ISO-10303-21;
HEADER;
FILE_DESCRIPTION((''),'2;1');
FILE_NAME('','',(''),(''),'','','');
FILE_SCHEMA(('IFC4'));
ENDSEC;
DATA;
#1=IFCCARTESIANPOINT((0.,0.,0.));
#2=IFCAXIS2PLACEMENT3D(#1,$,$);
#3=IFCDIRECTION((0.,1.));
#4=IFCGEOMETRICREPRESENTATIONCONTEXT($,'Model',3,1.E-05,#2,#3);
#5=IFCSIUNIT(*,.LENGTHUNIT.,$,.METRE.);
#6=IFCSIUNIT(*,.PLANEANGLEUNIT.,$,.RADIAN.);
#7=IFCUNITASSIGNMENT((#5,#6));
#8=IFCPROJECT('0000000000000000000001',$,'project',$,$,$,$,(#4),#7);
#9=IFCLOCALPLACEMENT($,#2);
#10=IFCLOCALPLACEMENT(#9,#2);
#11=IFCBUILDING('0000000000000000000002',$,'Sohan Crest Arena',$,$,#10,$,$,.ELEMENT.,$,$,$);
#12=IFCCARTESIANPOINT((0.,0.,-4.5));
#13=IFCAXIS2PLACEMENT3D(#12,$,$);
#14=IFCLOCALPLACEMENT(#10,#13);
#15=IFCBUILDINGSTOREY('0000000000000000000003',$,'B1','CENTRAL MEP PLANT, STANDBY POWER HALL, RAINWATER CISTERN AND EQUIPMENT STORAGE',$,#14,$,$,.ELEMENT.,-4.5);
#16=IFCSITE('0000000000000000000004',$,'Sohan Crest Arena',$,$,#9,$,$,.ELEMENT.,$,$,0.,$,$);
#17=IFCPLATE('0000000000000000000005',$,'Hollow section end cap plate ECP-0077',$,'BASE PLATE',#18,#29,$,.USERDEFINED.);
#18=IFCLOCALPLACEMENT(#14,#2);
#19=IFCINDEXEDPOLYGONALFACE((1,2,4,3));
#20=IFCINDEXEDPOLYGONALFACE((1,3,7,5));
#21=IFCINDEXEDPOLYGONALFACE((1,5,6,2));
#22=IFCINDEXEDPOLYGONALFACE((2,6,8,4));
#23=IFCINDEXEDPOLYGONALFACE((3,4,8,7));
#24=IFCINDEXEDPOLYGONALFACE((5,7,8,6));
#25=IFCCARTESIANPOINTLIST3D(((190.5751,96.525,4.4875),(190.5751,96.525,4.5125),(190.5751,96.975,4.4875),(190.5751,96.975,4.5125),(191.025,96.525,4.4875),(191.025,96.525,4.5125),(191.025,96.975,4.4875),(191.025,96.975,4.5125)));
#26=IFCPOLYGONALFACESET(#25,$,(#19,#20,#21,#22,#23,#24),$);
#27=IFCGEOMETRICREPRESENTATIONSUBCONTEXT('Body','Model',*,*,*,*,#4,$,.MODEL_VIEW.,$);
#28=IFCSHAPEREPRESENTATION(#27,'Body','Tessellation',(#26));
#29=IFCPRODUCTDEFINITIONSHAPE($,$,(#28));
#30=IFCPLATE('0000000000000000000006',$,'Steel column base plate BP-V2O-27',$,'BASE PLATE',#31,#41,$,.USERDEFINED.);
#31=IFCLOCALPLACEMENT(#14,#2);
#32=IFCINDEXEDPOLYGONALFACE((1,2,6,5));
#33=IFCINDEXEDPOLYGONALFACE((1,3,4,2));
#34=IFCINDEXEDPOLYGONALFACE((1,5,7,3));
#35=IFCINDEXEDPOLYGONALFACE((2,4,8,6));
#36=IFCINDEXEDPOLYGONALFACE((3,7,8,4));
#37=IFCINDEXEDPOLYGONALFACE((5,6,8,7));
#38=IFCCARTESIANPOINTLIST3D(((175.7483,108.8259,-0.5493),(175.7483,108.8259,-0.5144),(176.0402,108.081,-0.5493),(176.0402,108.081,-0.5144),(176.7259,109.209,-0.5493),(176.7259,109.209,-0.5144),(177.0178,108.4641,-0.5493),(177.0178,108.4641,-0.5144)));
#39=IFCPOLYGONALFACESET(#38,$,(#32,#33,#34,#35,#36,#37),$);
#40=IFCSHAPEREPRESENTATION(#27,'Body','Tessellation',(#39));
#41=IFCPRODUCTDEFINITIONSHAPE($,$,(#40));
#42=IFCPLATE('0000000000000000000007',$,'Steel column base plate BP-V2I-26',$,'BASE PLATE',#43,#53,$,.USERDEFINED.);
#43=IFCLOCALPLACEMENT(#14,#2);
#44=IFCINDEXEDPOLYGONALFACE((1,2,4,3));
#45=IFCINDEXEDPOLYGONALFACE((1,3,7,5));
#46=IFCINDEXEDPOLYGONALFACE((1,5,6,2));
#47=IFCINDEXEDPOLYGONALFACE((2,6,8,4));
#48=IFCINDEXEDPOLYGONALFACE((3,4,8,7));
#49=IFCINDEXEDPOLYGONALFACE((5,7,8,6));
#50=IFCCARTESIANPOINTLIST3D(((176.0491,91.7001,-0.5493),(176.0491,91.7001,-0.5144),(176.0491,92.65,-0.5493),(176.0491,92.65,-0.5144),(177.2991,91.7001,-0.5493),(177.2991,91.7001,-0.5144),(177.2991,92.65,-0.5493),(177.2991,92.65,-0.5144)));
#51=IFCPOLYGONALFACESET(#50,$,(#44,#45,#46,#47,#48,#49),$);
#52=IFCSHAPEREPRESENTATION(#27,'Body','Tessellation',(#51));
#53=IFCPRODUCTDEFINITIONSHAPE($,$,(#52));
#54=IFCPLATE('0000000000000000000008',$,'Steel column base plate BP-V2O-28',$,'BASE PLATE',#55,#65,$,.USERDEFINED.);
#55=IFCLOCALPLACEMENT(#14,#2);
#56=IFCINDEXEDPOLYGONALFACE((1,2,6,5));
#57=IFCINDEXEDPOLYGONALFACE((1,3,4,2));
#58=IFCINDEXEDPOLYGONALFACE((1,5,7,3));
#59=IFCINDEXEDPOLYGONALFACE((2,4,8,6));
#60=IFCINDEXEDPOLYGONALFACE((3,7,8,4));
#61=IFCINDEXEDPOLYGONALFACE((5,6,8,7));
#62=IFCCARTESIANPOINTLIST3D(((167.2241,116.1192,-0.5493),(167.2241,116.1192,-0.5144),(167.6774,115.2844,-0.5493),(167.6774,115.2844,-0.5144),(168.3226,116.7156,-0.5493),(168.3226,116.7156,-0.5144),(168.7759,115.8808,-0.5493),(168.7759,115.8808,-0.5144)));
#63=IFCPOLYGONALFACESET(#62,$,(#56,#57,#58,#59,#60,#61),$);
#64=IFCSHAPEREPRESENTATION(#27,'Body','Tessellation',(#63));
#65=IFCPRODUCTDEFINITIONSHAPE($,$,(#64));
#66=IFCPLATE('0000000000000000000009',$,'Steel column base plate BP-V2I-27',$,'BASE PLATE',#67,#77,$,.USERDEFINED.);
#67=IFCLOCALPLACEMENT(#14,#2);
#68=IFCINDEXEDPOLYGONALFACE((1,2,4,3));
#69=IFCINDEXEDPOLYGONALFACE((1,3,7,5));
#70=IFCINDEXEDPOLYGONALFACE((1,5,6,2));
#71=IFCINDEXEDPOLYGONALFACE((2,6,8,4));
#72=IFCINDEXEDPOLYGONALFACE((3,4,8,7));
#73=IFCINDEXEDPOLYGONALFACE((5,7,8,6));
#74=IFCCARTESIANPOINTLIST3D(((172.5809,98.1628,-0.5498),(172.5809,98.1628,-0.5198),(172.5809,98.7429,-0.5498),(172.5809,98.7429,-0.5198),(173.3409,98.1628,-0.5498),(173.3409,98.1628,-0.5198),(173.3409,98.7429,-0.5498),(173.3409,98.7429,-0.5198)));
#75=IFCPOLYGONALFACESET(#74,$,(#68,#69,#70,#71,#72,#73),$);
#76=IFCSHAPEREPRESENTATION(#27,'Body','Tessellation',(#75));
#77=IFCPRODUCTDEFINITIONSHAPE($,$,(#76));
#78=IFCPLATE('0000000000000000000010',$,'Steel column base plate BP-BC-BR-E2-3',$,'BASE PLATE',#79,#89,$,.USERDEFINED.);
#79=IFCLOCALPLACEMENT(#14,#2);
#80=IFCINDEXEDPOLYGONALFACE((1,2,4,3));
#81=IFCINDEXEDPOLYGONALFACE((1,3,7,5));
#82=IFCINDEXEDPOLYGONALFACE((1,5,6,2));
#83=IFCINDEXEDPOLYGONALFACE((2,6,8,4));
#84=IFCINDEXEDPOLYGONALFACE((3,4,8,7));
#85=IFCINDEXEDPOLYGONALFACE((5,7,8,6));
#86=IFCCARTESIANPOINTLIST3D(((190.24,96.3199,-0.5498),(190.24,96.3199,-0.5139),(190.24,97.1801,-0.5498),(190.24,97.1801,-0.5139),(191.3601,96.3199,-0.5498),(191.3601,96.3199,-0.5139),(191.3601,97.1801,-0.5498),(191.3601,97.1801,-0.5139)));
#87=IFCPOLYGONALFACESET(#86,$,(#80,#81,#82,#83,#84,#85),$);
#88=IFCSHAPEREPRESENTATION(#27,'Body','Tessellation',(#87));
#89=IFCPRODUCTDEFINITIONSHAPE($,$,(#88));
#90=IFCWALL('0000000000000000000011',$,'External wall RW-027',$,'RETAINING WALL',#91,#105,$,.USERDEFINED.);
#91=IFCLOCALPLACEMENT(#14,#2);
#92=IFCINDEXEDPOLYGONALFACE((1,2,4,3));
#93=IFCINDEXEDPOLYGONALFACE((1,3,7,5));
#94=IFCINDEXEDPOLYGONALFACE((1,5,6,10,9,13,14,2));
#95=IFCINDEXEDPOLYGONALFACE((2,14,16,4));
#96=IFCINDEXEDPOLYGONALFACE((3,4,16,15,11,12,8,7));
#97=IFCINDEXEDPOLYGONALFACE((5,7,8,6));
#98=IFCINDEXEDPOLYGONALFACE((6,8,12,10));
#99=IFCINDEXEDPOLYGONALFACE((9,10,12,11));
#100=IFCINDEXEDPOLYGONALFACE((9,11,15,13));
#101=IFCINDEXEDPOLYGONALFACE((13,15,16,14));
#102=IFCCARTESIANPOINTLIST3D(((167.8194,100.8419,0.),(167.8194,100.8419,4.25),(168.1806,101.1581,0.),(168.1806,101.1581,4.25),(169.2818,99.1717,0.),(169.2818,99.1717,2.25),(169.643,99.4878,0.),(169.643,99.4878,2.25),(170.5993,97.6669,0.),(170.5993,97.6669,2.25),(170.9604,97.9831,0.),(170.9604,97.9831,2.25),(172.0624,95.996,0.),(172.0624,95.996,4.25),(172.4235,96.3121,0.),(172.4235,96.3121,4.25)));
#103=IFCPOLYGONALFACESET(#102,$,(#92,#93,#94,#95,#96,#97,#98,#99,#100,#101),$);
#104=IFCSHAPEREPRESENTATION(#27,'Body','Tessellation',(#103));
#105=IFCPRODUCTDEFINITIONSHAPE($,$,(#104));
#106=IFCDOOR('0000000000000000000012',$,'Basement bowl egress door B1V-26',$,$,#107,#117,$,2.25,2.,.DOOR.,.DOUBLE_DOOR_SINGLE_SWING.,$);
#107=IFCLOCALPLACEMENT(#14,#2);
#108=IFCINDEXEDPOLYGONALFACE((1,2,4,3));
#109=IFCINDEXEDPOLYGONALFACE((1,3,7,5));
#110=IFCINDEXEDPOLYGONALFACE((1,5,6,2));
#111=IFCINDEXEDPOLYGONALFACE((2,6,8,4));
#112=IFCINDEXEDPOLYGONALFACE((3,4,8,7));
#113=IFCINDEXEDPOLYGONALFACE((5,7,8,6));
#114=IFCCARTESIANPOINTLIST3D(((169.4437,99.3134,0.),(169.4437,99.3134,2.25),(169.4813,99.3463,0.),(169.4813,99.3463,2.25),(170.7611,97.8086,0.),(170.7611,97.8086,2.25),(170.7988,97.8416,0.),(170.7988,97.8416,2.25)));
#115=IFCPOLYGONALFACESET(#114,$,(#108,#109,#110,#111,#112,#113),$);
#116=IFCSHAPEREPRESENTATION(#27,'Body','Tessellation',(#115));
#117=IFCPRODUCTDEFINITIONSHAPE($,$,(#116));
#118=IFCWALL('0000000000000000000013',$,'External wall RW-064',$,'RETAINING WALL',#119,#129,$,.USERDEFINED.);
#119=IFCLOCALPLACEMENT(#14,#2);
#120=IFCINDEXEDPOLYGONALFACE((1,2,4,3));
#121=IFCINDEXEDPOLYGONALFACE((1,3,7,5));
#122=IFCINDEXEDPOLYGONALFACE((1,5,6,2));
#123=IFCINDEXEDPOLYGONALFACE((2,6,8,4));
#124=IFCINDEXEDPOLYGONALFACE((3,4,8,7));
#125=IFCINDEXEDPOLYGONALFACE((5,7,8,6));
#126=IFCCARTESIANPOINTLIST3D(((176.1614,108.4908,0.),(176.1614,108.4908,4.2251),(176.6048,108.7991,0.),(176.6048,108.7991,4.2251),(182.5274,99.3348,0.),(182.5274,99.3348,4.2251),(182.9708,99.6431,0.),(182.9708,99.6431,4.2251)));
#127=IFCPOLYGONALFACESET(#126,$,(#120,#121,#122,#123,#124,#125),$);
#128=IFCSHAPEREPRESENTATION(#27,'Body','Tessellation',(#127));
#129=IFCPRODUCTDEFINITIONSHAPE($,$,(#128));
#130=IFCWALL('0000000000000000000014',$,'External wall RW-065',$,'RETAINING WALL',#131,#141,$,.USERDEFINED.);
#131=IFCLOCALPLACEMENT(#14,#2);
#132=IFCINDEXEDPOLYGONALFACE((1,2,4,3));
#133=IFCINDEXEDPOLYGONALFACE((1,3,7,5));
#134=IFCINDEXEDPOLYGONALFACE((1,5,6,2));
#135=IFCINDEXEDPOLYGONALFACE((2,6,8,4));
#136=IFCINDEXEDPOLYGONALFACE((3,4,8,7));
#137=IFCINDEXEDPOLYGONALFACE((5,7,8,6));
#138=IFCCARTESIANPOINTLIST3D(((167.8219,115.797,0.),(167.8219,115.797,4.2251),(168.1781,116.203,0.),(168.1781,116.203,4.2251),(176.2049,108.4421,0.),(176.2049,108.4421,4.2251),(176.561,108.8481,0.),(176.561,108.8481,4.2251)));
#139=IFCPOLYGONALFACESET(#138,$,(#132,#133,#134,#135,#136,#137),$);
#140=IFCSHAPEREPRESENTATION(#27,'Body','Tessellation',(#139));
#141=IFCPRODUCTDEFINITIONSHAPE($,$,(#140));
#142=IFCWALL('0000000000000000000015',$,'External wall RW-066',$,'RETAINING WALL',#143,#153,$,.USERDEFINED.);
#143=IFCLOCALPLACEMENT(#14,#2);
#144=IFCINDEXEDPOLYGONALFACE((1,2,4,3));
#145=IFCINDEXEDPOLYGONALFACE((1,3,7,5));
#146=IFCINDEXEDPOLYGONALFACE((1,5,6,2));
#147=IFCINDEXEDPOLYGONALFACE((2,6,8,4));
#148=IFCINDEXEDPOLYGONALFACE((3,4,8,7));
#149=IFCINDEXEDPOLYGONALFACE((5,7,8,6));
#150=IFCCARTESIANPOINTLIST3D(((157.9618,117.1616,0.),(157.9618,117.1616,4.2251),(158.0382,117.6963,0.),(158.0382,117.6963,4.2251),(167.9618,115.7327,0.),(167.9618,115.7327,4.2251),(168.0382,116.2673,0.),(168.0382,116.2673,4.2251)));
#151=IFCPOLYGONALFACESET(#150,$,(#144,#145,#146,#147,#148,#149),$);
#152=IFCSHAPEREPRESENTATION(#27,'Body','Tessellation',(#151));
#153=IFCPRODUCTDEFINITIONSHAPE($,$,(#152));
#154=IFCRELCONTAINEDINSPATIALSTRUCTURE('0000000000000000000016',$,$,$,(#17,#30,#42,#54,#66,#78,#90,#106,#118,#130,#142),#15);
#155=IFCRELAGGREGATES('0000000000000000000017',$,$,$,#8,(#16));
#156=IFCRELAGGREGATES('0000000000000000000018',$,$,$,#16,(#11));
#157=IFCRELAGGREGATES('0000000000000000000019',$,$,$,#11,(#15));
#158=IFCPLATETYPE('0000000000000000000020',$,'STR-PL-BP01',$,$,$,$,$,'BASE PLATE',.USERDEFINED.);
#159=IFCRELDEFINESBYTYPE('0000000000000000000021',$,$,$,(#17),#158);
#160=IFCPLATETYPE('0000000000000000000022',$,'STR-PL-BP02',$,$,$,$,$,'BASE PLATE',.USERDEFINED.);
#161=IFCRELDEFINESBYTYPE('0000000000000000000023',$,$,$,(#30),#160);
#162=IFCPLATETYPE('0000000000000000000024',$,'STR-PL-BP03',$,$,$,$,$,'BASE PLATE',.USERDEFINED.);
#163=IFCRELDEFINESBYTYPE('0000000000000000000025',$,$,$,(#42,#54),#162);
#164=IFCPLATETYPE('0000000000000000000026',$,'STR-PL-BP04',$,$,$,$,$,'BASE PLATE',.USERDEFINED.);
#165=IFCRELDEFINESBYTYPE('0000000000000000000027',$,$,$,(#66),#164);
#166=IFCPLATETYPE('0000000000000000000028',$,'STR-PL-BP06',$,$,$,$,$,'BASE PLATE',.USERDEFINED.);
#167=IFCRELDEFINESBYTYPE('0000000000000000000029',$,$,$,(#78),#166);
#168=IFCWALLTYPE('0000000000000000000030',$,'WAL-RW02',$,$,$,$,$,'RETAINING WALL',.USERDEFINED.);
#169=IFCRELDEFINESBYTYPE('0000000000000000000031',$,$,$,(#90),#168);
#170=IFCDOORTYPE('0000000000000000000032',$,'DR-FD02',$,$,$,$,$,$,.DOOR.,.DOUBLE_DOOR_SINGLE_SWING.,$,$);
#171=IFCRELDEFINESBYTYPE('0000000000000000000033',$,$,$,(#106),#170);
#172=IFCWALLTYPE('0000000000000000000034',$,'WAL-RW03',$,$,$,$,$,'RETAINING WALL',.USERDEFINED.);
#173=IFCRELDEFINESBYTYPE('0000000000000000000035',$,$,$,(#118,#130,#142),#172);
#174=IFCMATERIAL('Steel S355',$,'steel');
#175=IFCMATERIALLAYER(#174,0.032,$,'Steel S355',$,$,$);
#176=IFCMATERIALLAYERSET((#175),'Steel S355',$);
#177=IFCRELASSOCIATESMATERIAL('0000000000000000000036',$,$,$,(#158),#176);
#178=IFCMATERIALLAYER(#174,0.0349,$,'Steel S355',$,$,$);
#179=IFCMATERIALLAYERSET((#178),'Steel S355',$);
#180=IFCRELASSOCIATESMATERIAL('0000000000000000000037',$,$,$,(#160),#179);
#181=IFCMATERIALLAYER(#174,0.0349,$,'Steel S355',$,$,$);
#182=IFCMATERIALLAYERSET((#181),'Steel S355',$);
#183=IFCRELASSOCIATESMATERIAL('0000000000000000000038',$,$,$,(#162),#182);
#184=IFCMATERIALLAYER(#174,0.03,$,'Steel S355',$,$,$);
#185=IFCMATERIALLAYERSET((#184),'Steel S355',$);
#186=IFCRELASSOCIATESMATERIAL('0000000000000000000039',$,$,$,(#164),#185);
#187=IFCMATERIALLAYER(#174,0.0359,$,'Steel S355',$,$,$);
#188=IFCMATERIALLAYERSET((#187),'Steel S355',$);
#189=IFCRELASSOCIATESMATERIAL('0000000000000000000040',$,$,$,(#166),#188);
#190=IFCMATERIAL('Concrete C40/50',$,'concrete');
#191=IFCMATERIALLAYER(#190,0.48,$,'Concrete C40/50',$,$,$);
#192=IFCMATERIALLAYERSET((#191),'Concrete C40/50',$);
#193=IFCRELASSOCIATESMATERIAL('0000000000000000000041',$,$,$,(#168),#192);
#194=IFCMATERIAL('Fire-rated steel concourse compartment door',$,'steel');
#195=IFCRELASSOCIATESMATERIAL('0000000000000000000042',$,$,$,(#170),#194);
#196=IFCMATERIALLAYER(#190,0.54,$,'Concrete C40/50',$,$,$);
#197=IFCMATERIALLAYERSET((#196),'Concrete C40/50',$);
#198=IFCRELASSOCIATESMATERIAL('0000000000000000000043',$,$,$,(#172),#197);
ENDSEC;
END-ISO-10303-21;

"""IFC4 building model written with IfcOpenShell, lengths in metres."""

from ifc_helpers import new_model, si_unit, direction, frame, frame_2d, origin, origin_2d, place, context, subcontext, project, spatial, rectangle, extrude, material, layer, layer_set, type_object, element, fill, save


model = new_model("IFC4")

# Units and contexts
model_context = context("Model", 3, precision=1e-05, world=origin(), true_north=direction((0.0, 1.0)))
body_context = subcontext(model_context, "Body", "Model", "MODEL_VIEW")
ifc_project = project(units=[si_unit("LENGTHUNIT", "METRE"), si_unit("PLANEANGLEUNIT", "RADIAN")], contexts=[model_context])

# Site, building, storey
site_placement = place(None, origin())
site = spatial("IfcSite", under=ifc_project, at=site_placement, Name="Sohan Crest Arena", CompositionType="ELEMENT", RefElevation=0.0)
building_placement = place(site_placement, origin())
building = spatial("IfcBuilding", under=site, at=building_placement, Name="Sohan Crest Arena", CompositionType="ELEMENT")
storey_placement = place(building_placement, frame((0.0, 0.0, -4.5)))
storey = spatial("IfcBuildingStorey", under=building, at=storey_placement, Name="B1", Description="CENTRAL MEP PLANT, STANDBY POWER HALL, RAINWATER CISTERN AND EQUIPMENT STORAGE", CompositionType="ELEMENT", Elevation=-4.5)

# Shared definitions
ifc_material_1 = material(Name="Concrete C40/50", Category="concrete")

# Shared definitions
ifc_material_2 = material(Name="Steel S355", Category="steel")

# Plates
ifc_layer_1 = layer(ifc_material_2, 0.032, Name="Steel S355")
ifc_layer_set_1 = layer_set([ifc_layer_1], Name="Steel S355")
plate_type_1 = type_object("IfcPlateType", Name="STR-PL-BP01", ElementType="BASE PLATE", PredefinedType="USERDEFINED", material=ifc_layer_set_1)
plate_1_placement = place(storey_placement, frame((190.8, 96.75, 4.4875), z_axis=(0.0, 0.0, 1.0), x_axis=(1.0, 0.0, 0.0)))
element("IfcPlate", 1, at=plate_1_placement, inside=storey, type_object=plate_type_1, Name="Hollow section end cap plate ECP-0077", ObjectType="BASE PLATE", PredefinedType="USERDEFINED", context=body_context, shape_type="SweptSolid", body=[
    extrude(rectangle(XDim=0.45, YDim=0.45, at=origin_2d()), origin(), (0.0, 0.0, 1.0), 0.0249),
])
ifc_layer_2 = layer(ifc_material_2, 0.0349, Name="Steel S355")
ifc_layer_set_2 = layer_set([ifc_layer_2], Name="Steel S355")
plate_type_2 = type_object("IfcPlateType", Name="STR-PL-BP02", ElementType="BASE PLATE", PredefinedType="USERDEFINED", material=ifc_layer_set_2)
plate_2_placement = place(storey_placement, frame((176.3831, 108.645, -0.5493), z_axis=(0.0, 0.0, 1.0), x_axis=(0.931056, 0.364877, 0.0)))
element("IfcPlate", 2, at=plate_2_placement, inside=storey, type_object=plate_type_2, Name="Steel column base plate BP-V2O-27", ObjectType="BASE PLATE", PredefinedType="USERDEFINED", context=body_context, shape_type="SweptSolid", body=[
    extrude(rectangle(XDim=1.05, YDim=0.8, at=origin_2d()), origin(), (0.0, 0.0, 1.0), 0.0349),
])
ifc_layer_3 = layer(ifc_material_2, 0.0349, Name="Steel S355")
ifc_layer_set_3 = layer_set([ifc_layer_3], Name="Steel S355")
plate_type_3 = type_object("IfcPlateType", Name="STR-PL-BP03", ElementType="BASE PLATE", PredefinedType="USERDEFINED", material=ifc_layer_set_3)
for number, where, z_axis, x_axis, name in (
    (3, (176.6741, 92.175, -0.5493), (0.0, 0.0, 1.0), (1.0, 0.0, 0.0), "Steel column base plate BP-V2I-26"),
    (4, (168.0, 116.0, -0.5493), (0.0, 0.0, 1.0), (0.878817, 0.477159, 0.0), "Steel column base plate BP-V2O-28"),
):
    element("IfcPlate", number, at=place(storey_placement, frame(where, z_axis=z_axis, x_axis=x_axis)), inside=storey, type_object=plate_type_3, Name=name, ObjectType="BASE PLATE", PredefinedType="USERDEFINED", context=body_context, shape_type="SweptSolid", body=[
        extrude(rectangle(XDim=1.25, YDim=0.95, at=origin_2d()), origin(), (0.0, 0.0, 1.0), 0.0349),
    ])
ifc_layer_4 = layer(ifc_material_2, 0.03, Name="Steel S355")
ifc_layer_set_4 = layer_set([ifc_layer_4], Name="Steel S355")
plate_type_4 = type_object("IfcPlateType", Name="STR-PL-BP04", ElementType="BASE PLATE", PredefinedType="USERDEFINED", material=ifc_layer_set_4)
plate_3_placement = place(storey_placement, frame((172.9609, 98.4529, -0.5498), z_axis=(0.0, 0.0, 1.0), x_axis=(1.0, 0.0, 0.0)))
element("IfcPlate", 5, at=plate_3_placement, inside=storey, type_object=plate_type_4, Name="Steel column base plate BP-V2I-27", ObjectType="BASE PLATE", PredefinedType="USERDEFINED", context=body_context, shape_type="SweptSolid", body=[
    extrude(rectangle(XDim=0.76, YDim=0.5801, at=origin_2d()), origin(), (0.0, 0.0, 1.0), 0.03),
])
ifc_layer_5 = layer(ifc_material_2, 0.0359, Name="Steel S355")
ifc_layer_set_5 = layer_set([ifc_layer_5], Name="Steel S355")
plate_type_5 = type_object("IfcPlateType", Name="STR-PL-BP06", ElementType="BASE PLATE", PredefinedType="USERDEFINED", material=ifc_layer_set_5)
plate_4_placement = place(storey_placement, frame((190.8, 96.75, -0.5498), z_axis=(0.0, 0.0, 1.0), x_axis=(1.0, 0.0, 0.0)))
element("IfcPlate", 6, at=plate_4_placement, inside=storey, type_object=plate_type_5, Name="Steel column base plate BP-BC-BR-E2-3", ObjectType="BASE PLATE", PredefinedType="USERDEFINED", context=body_context, shape_type="SweptSolid", body=[
    extrude(rectangle(XDim=1.1201, YDim=0.8601, at=origin_2d()), origin(), (0.0, 0.0, 1.0), 0.0359),
])

# Wall, opening, door
ifc_layer_6 = layer(ifc_material_1, 0.48, Name="Concrete C40/50")
ifc_layer_set_6 = layer_set([ifc_layer_6], Name="Concrete C40/50")
wall_type_1 = type_object("IfcWallType", Name="WAL-RW02", ElementType="RETAINING WALL", PredefinedType="USERDEFINED", material=ifc_layer_set_6)
wall_1_placement = place(storey_placement, frame((172.2429, 96.1541, 0.0), z_axis=(0.0, 0.0, 1.0), x_axis=(-0.658743, 0.752368, 0.0)))
wall_1 = element("IfcWall", 7, at=wall_1_placement, inside=storey, type_object=wall_type_1, Name="External wall RW-027", ObjectType="RETAINING WALL", PredefinedType="USERDEFINED", context=body_context, shape_type="SweptSolid", body=[
    extrude(rectangle(XDim=6.4409, YDim=0.48, at=frame_2d((3.2205, 0.0))), origin(), (0.0, 0.0, 1.0), 4.25),
])
opening_placement = place(wall_1_placement, frame((2.2209, 0.0, 0.0)))
opening = element("IfcOpeningElement", 8, at=opening_placement, cuts=wall_1, PredefinedType="OPENING", context=body_context, shape_type="SweptSolid", body=[
    extrude(rectangle(XDim=2.0, YDim=2.25, at=frame_2d((1.0, 1.125))), frame((0.0, 0.25, 0.0), z_axis=(0.0, -1.0, 0.0), x_axis=(1.0, 0.0, 0.0)), (0.0, 0.0, 1.0), 0.5),
])
ifc_material_3 = material(Name="Fire-rated steel concourse compartment door", Category="steel")
door_type = type_object("IfcDoorType", Name="DR-FD02", OperationType="DOUBLE_DOOR_SINGLE_SWING", PredefinedType="DOOR", material=ifc_material_3)
door_placement = place(opening_placement, origin())
door = element("IfcDoor", 9, at=door_placement, inside=storey, type_object=door_type, Name="Basement bowl egress door B1V-26", OperationType="DOUBLE_DOOR_SINGLE_SWING", OverallHeight=2.25, OverallWidth=2.0, PredefinedType="DOOR", context=body_context, shape_type="SweptSolid", body=[
    extrude(rectangle(XDim=2.0, YDim=2.25, at=frame_2d((1.0, 1.125))), frame((0.0, 0.0249, 0.0), z_axis=(0.0, -1.0, 0.0), x_axis=(1.0, 0.0, 0.0)), (0.0, 0.0, 1.0), 0.05),
])
fill(opening, door)

# Walls
ifc_layer_7 = layer(ifc_material_1, 0.54, Name="Concrete C40/50")
ifc_layer_set_7 = layer_set([ifc_layer_7], Name="Concrete C40/50")
wall_type_2 = type_object("IfcWallType", Name="WAL-RW03", ElementType="RETAINING WALL", PredefinedType="USERDEFINED", material=ifc_layer_set_7)
wall_2_placement = place(storey_placement, frame((182.749, 99.489, 0.0), z_axis=(0.0, 0.0, 1.0), x_axis=(-0.570857, 0.821049, 0.0)))
element("IfcWall", 10, at=wall_2_placement, inside=storey, type_object=wall_type_2, Name="External wall RW-064", ObjectType="RETAINING WALL", PredefinedType="USERDEFINED", context=body_context, shape_type="SweptSolid", body=[
    extrude(rectangle(XDim=11.1516, YDim=0.54, at=frame_2d((5.5757, 0.0))), origin(), (0.0, 0.0, 1.0), 4.2251),
])
wall_3_placement = place(storey_placement, frame((176.3831, 108.645, 0.0), z_axis=(0.0, 0.0, 1.0), x_axis=(-0.751696, 0.65951, 0.0)))
element("IfcWall", 11, at=wall_3_placement, inside=storey, type_object=wall_type_2, Name="External wall RW-065", ObjectType="RETAINING WALL", PredefinedType="USERDEFINED", context=body_context, shape_type="SweptSolid", body=[
    extrude(rectangle(XDim=11.1521, YDim=0.54, at=frame_2d((5.5762, 0.0))), origin(), (0.0, 0.0, 1.0), 4.2251),
])
wall_4_placement = place(storey_placement, frame((168.0, 116.0, 0.0), z_axis=(0.0, 0.0, 1.0), x_axis=(-0.989944, 0.141459, 0.0)))
element("IfcWall", 12, at=wall_4_placement, inside=storey, type_object=wall_type_2, Name="External wall RW-066", ObjectType="RETAINING WALL", PredefinedType="USERDEFINED", context=body_context, shape_type="SweptSolid", body=[
    extrude(rectangle(XDim=10.1016, YDim=0.54, at=frame_2d((5.0508, 0.0))), origin(), (0.0, 0.0, 1.0), 4.2251),
])

save(model, "model.ifc")
